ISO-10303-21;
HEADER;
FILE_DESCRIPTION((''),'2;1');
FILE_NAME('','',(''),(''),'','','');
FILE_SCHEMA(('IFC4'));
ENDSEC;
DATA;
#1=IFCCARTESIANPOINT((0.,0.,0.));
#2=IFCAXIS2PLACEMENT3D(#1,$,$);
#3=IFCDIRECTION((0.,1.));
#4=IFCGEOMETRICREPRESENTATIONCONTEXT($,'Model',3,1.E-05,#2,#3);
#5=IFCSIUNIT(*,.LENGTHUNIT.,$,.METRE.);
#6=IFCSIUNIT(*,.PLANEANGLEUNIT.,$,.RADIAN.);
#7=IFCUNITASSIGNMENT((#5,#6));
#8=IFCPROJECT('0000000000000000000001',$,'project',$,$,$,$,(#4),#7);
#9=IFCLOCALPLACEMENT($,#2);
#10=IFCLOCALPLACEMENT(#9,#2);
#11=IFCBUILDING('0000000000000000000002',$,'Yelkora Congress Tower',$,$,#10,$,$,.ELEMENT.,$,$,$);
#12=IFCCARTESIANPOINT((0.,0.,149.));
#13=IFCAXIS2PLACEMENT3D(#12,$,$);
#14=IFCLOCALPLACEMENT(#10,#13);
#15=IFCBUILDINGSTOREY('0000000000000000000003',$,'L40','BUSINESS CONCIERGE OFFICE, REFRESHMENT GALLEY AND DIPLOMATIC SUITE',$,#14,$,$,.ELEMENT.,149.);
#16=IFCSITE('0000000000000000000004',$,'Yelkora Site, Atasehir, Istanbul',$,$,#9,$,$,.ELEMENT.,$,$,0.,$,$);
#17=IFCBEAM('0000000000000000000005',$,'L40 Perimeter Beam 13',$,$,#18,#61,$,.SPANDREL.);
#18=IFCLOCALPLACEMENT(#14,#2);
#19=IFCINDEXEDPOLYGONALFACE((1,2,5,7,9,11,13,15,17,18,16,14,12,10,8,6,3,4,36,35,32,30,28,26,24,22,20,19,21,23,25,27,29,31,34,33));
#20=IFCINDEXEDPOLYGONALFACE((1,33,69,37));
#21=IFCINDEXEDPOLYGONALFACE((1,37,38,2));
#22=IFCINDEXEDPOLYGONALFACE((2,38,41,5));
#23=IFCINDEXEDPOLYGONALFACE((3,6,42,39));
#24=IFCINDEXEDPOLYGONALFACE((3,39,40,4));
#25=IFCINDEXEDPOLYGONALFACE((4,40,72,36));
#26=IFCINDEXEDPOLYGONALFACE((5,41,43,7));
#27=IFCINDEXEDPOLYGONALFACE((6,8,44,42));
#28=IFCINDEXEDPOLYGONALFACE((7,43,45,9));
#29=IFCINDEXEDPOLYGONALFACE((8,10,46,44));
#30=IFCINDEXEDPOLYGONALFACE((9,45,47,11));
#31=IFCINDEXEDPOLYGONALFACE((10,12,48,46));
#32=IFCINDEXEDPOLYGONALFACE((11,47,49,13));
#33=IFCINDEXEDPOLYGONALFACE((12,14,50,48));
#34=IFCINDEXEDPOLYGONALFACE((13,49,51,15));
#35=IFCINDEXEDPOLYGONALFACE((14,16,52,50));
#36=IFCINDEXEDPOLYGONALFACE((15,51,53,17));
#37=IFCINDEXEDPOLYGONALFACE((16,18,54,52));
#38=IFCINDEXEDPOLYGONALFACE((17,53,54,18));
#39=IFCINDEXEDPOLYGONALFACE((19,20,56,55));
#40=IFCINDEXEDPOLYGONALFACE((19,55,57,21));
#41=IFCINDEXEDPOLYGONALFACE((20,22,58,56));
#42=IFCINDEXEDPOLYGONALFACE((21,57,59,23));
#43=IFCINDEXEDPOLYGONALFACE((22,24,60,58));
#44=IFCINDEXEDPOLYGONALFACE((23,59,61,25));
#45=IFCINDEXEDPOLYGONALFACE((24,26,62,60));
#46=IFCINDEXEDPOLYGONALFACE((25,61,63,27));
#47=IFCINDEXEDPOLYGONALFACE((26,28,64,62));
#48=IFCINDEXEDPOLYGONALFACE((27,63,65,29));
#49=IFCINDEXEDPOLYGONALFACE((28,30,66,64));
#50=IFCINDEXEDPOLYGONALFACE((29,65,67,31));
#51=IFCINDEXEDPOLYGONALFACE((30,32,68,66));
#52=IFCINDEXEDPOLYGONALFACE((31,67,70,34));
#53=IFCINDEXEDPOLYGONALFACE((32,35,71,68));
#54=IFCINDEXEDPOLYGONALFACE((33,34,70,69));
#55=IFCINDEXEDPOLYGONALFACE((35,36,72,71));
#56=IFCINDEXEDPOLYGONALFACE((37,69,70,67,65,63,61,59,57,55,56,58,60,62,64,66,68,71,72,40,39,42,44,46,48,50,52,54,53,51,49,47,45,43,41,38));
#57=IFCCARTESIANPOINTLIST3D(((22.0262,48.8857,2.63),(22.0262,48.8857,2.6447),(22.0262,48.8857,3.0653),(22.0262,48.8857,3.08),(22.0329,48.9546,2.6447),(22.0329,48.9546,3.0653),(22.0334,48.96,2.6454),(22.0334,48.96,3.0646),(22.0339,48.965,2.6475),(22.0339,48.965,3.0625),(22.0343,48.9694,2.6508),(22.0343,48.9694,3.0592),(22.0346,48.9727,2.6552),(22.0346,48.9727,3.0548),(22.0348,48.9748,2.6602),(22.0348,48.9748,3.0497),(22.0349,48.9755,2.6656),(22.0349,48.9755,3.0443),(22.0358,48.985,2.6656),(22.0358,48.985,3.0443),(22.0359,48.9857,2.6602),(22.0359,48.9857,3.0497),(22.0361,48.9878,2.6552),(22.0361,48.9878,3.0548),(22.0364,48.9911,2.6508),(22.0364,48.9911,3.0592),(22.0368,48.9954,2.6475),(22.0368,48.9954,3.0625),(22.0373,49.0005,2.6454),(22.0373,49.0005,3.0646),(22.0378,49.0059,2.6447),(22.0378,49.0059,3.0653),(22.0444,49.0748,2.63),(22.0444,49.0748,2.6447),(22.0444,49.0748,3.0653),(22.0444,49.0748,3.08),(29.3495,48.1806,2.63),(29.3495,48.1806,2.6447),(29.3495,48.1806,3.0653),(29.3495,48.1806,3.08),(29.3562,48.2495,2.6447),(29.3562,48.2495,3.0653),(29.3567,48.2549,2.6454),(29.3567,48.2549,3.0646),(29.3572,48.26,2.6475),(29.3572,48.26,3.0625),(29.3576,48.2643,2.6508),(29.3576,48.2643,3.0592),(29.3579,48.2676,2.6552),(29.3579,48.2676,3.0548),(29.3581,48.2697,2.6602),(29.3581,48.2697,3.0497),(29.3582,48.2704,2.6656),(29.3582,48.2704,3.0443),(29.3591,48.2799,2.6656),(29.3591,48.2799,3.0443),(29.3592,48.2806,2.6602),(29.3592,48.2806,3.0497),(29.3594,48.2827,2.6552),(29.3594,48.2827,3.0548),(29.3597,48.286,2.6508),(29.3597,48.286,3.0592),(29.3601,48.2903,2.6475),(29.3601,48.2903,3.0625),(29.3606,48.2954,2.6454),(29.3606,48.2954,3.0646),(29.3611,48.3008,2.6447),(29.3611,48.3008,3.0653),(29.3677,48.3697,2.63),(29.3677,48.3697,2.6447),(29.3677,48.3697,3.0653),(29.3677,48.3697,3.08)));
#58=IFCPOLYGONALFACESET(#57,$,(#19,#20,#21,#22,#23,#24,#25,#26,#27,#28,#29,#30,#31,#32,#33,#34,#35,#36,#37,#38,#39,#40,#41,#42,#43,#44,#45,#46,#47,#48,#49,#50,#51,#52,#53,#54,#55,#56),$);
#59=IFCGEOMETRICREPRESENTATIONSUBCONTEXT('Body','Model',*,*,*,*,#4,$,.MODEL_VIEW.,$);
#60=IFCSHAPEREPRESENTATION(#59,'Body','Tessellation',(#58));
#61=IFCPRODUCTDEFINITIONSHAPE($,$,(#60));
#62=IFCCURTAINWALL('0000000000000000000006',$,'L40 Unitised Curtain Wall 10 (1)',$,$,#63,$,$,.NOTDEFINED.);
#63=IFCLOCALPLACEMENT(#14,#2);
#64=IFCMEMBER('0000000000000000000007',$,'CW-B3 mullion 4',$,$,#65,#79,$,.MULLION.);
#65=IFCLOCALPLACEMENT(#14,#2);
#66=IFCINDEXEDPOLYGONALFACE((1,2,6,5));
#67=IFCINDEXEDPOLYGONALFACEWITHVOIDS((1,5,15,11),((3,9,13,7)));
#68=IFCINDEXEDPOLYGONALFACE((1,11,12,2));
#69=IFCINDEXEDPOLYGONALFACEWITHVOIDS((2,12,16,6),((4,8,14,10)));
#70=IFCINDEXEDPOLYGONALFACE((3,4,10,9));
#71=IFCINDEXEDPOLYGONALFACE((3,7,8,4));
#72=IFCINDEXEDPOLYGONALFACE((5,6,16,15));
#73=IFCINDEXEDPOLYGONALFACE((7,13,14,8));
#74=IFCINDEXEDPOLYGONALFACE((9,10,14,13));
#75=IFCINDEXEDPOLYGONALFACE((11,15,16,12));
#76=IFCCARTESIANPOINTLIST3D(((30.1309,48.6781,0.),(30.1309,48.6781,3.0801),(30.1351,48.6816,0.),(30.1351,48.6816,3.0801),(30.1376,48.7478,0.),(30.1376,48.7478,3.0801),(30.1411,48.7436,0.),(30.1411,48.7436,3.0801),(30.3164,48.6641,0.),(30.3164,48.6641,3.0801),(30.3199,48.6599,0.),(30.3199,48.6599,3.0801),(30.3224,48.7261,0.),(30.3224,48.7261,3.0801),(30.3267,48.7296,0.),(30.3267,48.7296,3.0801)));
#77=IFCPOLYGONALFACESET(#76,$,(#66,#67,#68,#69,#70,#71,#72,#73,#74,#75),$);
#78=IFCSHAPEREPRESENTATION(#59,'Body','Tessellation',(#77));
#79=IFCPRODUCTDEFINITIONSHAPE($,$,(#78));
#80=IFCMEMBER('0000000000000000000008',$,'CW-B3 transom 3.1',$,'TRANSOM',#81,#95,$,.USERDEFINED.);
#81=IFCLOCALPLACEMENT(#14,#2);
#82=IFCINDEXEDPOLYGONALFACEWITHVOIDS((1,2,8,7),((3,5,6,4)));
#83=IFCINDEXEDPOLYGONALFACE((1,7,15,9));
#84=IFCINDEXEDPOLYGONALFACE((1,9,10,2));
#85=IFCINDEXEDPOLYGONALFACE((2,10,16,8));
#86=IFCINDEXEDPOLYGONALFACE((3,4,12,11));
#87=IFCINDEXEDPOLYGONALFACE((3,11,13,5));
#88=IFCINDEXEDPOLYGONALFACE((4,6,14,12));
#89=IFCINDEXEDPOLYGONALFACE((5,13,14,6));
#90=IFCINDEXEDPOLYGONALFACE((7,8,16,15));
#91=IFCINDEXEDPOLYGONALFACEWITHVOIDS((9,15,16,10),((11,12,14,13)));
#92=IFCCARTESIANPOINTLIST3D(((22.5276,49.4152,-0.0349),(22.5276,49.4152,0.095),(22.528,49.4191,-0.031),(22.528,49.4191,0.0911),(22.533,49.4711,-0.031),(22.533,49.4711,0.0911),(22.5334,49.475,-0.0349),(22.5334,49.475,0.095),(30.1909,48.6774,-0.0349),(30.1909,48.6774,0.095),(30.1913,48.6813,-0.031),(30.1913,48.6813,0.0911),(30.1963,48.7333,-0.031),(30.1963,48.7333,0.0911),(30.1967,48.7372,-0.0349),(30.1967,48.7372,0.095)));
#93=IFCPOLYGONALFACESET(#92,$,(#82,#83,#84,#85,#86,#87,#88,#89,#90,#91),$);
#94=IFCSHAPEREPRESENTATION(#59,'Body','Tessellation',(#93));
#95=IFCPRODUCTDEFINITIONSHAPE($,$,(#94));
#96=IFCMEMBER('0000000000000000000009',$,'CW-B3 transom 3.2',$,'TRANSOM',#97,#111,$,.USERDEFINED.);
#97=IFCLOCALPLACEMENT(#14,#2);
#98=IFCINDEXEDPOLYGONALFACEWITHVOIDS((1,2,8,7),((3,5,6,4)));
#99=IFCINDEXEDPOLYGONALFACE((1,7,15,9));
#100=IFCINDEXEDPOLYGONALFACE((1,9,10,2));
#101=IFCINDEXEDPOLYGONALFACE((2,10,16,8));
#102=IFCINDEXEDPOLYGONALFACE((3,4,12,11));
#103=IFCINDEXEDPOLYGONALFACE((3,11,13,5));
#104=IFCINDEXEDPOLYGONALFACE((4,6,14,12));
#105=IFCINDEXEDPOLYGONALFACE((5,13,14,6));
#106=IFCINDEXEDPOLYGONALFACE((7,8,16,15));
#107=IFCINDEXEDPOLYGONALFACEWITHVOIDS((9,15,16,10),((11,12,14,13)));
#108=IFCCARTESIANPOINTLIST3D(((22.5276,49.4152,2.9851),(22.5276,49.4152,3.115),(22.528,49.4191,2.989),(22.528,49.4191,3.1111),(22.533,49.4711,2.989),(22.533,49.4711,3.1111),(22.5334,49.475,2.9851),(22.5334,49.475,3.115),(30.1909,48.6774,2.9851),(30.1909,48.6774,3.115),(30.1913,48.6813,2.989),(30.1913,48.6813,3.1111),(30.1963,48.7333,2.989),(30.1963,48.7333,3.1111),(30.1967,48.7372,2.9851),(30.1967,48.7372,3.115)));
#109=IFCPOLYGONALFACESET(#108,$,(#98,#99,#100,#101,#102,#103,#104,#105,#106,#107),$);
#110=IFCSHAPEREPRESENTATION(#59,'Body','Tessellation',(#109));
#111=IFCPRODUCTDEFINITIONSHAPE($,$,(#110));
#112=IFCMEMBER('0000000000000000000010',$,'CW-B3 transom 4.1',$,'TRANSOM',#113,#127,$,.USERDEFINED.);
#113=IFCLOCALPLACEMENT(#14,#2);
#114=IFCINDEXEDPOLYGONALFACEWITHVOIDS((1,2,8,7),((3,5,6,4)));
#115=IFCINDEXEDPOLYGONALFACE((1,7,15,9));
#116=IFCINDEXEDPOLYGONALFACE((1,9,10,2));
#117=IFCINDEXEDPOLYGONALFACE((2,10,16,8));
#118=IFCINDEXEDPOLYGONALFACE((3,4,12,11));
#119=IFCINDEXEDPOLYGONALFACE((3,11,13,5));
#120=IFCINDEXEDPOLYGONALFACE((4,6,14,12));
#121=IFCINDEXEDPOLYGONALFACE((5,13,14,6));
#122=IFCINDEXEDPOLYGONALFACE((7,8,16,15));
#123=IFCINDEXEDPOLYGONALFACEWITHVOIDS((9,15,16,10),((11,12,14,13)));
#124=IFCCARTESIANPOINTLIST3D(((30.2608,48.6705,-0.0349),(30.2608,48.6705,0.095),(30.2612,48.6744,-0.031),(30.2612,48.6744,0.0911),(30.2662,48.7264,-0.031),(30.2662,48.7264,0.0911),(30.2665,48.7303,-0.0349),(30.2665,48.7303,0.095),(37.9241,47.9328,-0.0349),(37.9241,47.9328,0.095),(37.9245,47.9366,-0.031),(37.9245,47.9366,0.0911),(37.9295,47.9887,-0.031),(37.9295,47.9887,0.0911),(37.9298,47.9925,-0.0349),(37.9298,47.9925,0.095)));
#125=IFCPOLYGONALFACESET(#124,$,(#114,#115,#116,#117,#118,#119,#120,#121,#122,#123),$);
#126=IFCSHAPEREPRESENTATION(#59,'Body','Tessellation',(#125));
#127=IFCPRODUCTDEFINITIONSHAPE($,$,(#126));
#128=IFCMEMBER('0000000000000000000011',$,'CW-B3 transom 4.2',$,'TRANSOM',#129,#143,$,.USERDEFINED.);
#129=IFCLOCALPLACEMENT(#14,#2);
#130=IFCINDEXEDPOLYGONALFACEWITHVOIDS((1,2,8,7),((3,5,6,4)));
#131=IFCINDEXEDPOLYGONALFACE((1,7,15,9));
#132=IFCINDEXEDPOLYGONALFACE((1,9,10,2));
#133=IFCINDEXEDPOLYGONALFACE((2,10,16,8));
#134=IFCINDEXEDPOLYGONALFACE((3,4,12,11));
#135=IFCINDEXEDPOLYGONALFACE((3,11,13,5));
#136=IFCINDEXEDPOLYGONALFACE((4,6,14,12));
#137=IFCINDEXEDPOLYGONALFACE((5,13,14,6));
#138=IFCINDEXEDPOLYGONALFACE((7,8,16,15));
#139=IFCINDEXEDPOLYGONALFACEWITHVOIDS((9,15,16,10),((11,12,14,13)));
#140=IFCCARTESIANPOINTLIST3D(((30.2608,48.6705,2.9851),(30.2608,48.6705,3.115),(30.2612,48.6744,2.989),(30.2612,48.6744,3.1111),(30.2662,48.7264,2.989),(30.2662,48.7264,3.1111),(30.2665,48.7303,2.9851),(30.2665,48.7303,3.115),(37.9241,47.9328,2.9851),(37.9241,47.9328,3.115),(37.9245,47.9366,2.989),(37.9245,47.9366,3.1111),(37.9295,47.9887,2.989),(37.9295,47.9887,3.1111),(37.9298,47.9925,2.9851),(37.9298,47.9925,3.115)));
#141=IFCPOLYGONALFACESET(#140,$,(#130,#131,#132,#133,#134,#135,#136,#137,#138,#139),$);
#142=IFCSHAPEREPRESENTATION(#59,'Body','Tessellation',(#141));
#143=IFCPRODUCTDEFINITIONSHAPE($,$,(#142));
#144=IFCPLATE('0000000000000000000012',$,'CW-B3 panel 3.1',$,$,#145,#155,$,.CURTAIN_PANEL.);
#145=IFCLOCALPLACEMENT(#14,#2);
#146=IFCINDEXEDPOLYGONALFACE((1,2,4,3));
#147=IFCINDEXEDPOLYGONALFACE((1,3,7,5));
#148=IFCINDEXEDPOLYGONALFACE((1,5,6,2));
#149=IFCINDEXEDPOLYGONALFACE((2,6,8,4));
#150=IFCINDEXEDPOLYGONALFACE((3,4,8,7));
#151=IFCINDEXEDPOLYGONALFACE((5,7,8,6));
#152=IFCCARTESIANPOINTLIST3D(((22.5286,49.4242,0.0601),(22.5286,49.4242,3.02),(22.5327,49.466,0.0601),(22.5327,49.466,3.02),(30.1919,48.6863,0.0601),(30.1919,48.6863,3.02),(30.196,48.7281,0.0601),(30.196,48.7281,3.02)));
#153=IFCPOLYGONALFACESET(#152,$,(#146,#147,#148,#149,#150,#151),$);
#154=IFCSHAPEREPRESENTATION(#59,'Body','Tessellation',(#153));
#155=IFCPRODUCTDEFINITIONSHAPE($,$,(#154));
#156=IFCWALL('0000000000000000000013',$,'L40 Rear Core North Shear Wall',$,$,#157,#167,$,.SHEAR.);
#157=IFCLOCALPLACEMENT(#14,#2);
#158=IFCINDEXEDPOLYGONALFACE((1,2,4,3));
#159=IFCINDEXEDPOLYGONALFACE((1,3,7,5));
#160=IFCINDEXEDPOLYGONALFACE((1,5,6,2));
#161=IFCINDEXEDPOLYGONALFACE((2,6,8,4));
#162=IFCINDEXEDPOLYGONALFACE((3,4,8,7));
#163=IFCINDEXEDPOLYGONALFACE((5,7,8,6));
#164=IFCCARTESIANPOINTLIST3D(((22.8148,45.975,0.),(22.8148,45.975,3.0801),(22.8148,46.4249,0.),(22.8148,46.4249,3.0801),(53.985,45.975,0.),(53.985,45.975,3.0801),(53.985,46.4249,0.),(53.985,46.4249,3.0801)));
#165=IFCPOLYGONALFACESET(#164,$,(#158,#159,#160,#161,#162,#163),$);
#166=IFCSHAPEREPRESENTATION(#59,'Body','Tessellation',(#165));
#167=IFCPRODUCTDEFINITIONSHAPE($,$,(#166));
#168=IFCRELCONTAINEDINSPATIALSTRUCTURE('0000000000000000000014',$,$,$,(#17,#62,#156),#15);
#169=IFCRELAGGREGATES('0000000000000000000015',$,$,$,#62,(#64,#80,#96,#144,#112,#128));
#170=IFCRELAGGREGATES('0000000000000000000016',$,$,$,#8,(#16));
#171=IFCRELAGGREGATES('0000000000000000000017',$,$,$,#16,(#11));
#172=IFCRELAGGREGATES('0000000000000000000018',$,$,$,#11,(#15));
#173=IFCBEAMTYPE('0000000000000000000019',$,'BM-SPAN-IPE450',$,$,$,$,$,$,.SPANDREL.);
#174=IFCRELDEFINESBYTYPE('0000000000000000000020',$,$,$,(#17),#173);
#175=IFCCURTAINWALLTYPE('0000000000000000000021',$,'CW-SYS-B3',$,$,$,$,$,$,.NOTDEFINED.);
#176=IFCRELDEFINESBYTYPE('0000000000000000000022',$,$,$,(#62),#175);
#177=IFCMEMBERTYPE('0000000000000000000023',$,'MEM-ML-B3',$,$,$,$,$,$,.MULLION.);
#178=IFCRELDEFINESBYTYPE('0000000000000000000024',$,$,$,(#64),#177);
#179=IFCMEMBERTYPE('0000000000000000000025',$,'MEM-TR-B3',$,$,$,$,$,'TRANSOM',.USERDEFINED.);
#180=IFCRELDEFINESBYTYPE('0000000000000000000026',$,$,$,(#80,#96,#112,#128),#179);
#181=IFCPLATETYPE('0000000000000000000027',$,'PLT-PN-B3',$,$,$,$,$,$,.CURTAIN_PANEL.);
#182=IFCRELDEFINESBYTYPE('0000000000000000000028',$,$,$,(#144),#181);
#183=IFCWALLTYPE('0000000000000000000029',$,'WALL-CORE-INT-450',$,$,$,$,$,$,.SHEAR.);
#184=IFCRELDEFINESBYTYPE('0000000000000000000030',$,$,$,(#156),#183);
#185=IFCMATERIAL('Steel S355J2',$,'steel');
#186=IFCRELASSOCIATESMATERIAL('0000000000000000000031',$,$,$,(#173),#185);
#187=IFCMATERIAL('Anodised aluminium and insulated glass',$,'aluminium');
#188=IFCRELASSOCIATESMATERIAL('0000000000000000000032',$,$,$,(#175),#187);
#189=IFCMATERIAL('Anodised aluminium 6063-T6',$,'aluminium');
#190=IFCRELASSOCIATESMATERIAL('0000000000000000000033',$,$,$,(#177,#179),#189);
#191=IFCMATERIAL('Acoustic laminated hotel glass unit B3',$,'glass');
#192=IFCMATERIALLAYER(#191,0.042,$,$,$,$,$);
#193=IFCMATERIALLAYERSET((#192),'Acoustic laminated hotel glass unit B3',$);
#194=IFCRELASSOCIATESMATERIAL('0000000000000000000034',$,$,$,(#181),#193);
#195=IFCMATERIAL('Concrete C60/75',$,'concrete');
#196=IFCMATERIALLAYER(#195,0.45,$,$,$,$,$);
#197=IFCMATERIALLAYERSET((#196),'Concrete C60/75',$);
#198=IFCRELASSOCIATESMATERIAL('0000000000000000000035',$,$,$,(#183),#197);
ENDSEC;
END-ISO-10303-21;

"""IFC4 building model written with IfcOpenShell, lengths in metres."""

from ifc_helpers import new_model, si_unit, direction, frame, frame_2d, origin, origin_2d, place, context, subcontext, project, spatial, rectangle, hollow_rectangle, i_section, extrude, material, layer, layer_set, material_profile, profile_set, type_object, element, aggregate, save


model = new_model("IFC4")

# Units and contexts
model_context = context("Model", 3, precision=1e-05, world=origin(), true_north=direction((0.0, 1.0)))
body_context = subcontext(model_context, "Body", "Model", "MODEL_VIEW")
ifc_project = project(units=[si_unit("LENGTHUNIT", "METRE"), si_unit("PLANEANGLEUNIT", "RADIAN")], contexts=[model_context])

# Site, building, storey
site_placement = place(None, origin())
site = spatial("IfcSite", under=ifc_project, at=site_placement, Name="Yelkora Site, Atasehir, Istanbul", CompositionType="ELEMENT", RefElevation=0.0)
building_placement = place(site_placement, origin())
building = spatial("IfcBuilding", under=site, at=building_placement, Name="Yelkora Congress Tower", CompositionType="ELEMENT")
storey_placement = place(building_placement, frame((0.0, 0.0, 149.0)))
storey = spatial("IfcBuildingStorey", under=building, at=storey_placement, Name="L40", Description="BUSINESS CONCIERGE OFFICE, REFRESHMENT GALLEY AND DIPLOMATIC SUITE", CompositionType="ELEMENT", Elevation=149.0)

# Beam
ifc_material_1 = material(Name="Steel S355J2", Category="steel")
ifc_material_profile_1 = material_profile(ifc_material_1, i_section(OverallWidth=0.1899, OverallDepth=0.45, WebThickness=0.0095, FlangeThickness=0.0146, FilletRadius=0.021, at=origin_2d()), Name="IPE 450")
ifc_profile_set_1 = profile_set([ifc_material_profile_1], Name="Steel S355J2")
beam_type_1 = type_object("IfcBeamType", Name="BM-SPAN-IPE450", PredefinedType="SPANDREL", material=ifc_profile_set_1)
beam_1_placement = place(storey_placement, frame((29.3586, 48.2751, 2.855), z_axis=(-0.995397, 0.095836, 0.0), x_axis=(-0.095836, -0.995397, 0.0)))
element("IfcBeam", 1, at=beam_1_placement, inside=storey, type_object=beam_type_1, Name="L40 Perimeter Beam 13", PredefinedType="SPANDREL", context=body_context, shape_type="SweptSolid", body=[
    extrude(i_section(OverallWidth=0.1899, OverallDepth=0.45, WebThickness=0.0095, FlangeThickness=0.0146, FilletRadius=0.021, at=origin_2d()), origin(), (0.0, 0.0, 1.0), 7.3572),
])

# Curtain wall, members, plate
ifc_material_2 = material(Name="Anodised aluminium and insulated glass", Category="aluminium")
curtain_wall_type = type_object("IfcCurtainWallType", Name="CW-SYS-B3", PredefinedType="NOTDEFINED", material=ifc_material_2)
curtain_wall_placement = place(storey_placement, origin())
curtain_wall = element("IfcCurtainWall", 2, at=curtain_wall_placement, inside=storey, type_object=curtain_wall_type, Name="L40 Unitised Curtain Wall 10 (1)", PredefinedType="NOTDEFINED")
ifc_material_3 = material(Name="Anodised aluminium 6063-T6", Category="aluminium")
ifc_material_profile_2 = material_profile(ifc_material_3, hollow_rectangle(XDim=0.0701, YDim=0.1899, WallThickness=0.0039, at=origin_2d()), Name="ALU 70x190x4")
ifc_profile_set_2 = profile_set([ifc_material_profile_2], Name="Anodised aluminium 6063-T6")
member_type_1 = type_object("IfcMemberType", Name="MEM-ML-B3", PredefinedType="MULLION", material=ifc_profile_set_2)
member_1_placement = place(storey_placement, frame((30.2288, 48.7039, 0.0), z_axis=(0.0, 0.0, 1.0), x_axis=(0.095845, 0.995396, 0.0)))
member_1 = element("IfcMember", 3, at=member_1_placement, type_object=member_type_1, Name="CW-B3 mullion 4", PredefinedType="MULLION", context=body_context, shape_type="SweptSolid", body=[
    extrude(hollow_rectangle(XDim=0.0701, YDim=0.1899, WallThickness=0.0039, at=origin_2d()), origin(), (0.0, 0.0, 1.0), 3.0801),
])
ifc_material_profile_3 = material_profile(ifc_material_3, hollow_rectangle(XDim=0.0601, YDim=0.1299, WallThickness=0.0039, at=origin_2d()), Name="ALU 60x130x4")
ifc_profile_set_3 = profile_set([ifc_material_profile_3], Name="Anodised aluminium 6063-T6")
member_type_2 = type_object("IfcMemberType", Name="MEM-TR-B3", ElementType="TRANSOM", PredefinedType="USERDEFINED", material=ifc_profile_set_3)
member_2_placement = place(storey_placement, frame((22.5305, 49.4451, 0.03), z_axis=(0.995397, -0.095833, 0.0), x_axis=(0.095833, 0.995397, 0.0)))
member_2 = element("IfcMember", 4, at=member_2_placement, type_object=member_type_2, Name="CW-B3 transom 3.1", ObjectType="TRANSOM", PredefinedType="USERDEFINED", context=body_context, shape_type="SweptSolid", body=[
    extrude(hollow_rectangle(XDim=0.0601, YDim=0.1299, WallThickness=0.0039, at=origin_2d()), origin(), (0.0, 0.0, 1.0), 7.6987),
])
member_3_placement = place(storey_placement, frame((22.5305, 49.4451, 3.05), z_axis=(0.995397, -0.095833, 0.0), x_axis=(0.095833, 0.995397, 0.0)))
member_3 = element("IfcMember", 5, at=member_3_placement, type_object=member_type_2, Name="CW-B3 transom 3.2", ObjectType="TRANSOM", PredefinedType="USERDEFINED", context=body_context, shape_type="SweptSolid", body=[
    extrude(hollow_rectangle(XDim=0.0601, YDim=0.1299, WallThickness=0.0039, at=origin_2d()), origin(), (0.0, 0.0, 1.0), 7.6987),
])
member_4_placement = place(storey_placement, frame((30.2637, 48.7004, 0.03), z_axis=(0.995397, -0.095833, 0.0), x_axis=(0.095833, 0.995397, 0.0)))
member_4 = element("IfcMember", 6, at=member_4_placement, type_object=member_type_2, Name="CW-B3 transom 4.1", ObjectType="TRANSOM", PredefinedType="USERDEFINED", context=body_context, shape_type="SweptSolid", body=[
    extrude(hollow_rectangle(XDim=0.0601, YDim=0.1299, WallThickness=0.0039, at=origin_2d()), origin(), (0.0, 0.0, 1.0), 7.6987),
])
member_5_placement = place(storey_placement, frame((30.2637, 48.7004, 3.05), z_axis=(0.995397, -0.095833, 0.0), x_axis=(0.095833, 0.995397, 0.0)))
member_5 = element("IfcMember", 7, at=member_5_placement, type_object=member_type_2, Name="CW-B3 transom 4.2", ObjectType="TRANSOM", PredefinedType="USERDEFINED", context=body_context, shape_type="SweptSolid", body=[
    extrude(hollow_rectangle(XDim=0.0601, YDim=0.1299, WallThickness=0.0039, at=origin_2d()), origin(), (0.0, 0.0, 1.0), 7.6987),
])
ifc_material_4 = material(Name="Acoustic laminated hotel glass unit B3", Category="glass")
ifc_layer_1 = layer(ifc_material_4, 0.042)
ifc_layer_set_1 = layer_set([ifc_layer_1], Name="Acoustic laminated hotel glass unit B3")
plate_type = type_object("IfcPlateType", Name="PLT-PN-B3", PredefinedType="CURTAIN_PANEL", material=ifc_layer_set_1)
plate_placement = place(storey_placement, frame((26.3623, 49.0762, 0.0601), z_axis=(0.0, 0.0, 1.0), x_axis=(0.995396, -0.095845, 0.0)))
plate = element("IfcPlate", 8, at=plate_placement, type_object=plate_type, Name="CW-B3 panel 3.1", PredefinedType="CURTAIN_PANEL", context=body_context, shape_type="SweptSolid", body=[
    extrude(rectangle(XDim=7.6987, YDim=0.042, at=origin_2d()), origin(), (0.0, 0.0, 1.0), 2.96),
])
aggregate(curtain_wall, [member_1, member_2, member_3, plate, member_4, member_5])

# Wall
ifc_material_5 = material(Name="Concrete C60/75", Category="concrete")
ifc_layer_2 = layer(ifc_material_5, 0.45)
ifc_layer_set_2 = layer_set([ifc_layer_2], Name="Concrete C60/75")
wall_type_1 = type_object("IfcWallType", Name="WALL-CORE-INT-450", PredefinedType="SHEAR", material=ifc_layer_set_2)
wall_1_placement = place(storey_placement, frame((22.8149, 46.2, 0.0), z_axis=(0.0, 0.0, 1.0), x_axis=(1.0, 0.0, 0.0)))
element("IfcWall", 9, at=wall_1_placement, inside=storey, type_object=wall_type_1, Name="L40 Rear Core North Shear Wall", PredefinedType="SHEAR", context=body_context, shape_type="SweptSolid", body=[
    extrude(rectangle(XDim=31.1702, YDim=0.45, at=frame_2d((15.585, 0.0))), origin(), (0.0, 0.0, 1.0), 3.0801),
])

save(model, "model.ifc")
